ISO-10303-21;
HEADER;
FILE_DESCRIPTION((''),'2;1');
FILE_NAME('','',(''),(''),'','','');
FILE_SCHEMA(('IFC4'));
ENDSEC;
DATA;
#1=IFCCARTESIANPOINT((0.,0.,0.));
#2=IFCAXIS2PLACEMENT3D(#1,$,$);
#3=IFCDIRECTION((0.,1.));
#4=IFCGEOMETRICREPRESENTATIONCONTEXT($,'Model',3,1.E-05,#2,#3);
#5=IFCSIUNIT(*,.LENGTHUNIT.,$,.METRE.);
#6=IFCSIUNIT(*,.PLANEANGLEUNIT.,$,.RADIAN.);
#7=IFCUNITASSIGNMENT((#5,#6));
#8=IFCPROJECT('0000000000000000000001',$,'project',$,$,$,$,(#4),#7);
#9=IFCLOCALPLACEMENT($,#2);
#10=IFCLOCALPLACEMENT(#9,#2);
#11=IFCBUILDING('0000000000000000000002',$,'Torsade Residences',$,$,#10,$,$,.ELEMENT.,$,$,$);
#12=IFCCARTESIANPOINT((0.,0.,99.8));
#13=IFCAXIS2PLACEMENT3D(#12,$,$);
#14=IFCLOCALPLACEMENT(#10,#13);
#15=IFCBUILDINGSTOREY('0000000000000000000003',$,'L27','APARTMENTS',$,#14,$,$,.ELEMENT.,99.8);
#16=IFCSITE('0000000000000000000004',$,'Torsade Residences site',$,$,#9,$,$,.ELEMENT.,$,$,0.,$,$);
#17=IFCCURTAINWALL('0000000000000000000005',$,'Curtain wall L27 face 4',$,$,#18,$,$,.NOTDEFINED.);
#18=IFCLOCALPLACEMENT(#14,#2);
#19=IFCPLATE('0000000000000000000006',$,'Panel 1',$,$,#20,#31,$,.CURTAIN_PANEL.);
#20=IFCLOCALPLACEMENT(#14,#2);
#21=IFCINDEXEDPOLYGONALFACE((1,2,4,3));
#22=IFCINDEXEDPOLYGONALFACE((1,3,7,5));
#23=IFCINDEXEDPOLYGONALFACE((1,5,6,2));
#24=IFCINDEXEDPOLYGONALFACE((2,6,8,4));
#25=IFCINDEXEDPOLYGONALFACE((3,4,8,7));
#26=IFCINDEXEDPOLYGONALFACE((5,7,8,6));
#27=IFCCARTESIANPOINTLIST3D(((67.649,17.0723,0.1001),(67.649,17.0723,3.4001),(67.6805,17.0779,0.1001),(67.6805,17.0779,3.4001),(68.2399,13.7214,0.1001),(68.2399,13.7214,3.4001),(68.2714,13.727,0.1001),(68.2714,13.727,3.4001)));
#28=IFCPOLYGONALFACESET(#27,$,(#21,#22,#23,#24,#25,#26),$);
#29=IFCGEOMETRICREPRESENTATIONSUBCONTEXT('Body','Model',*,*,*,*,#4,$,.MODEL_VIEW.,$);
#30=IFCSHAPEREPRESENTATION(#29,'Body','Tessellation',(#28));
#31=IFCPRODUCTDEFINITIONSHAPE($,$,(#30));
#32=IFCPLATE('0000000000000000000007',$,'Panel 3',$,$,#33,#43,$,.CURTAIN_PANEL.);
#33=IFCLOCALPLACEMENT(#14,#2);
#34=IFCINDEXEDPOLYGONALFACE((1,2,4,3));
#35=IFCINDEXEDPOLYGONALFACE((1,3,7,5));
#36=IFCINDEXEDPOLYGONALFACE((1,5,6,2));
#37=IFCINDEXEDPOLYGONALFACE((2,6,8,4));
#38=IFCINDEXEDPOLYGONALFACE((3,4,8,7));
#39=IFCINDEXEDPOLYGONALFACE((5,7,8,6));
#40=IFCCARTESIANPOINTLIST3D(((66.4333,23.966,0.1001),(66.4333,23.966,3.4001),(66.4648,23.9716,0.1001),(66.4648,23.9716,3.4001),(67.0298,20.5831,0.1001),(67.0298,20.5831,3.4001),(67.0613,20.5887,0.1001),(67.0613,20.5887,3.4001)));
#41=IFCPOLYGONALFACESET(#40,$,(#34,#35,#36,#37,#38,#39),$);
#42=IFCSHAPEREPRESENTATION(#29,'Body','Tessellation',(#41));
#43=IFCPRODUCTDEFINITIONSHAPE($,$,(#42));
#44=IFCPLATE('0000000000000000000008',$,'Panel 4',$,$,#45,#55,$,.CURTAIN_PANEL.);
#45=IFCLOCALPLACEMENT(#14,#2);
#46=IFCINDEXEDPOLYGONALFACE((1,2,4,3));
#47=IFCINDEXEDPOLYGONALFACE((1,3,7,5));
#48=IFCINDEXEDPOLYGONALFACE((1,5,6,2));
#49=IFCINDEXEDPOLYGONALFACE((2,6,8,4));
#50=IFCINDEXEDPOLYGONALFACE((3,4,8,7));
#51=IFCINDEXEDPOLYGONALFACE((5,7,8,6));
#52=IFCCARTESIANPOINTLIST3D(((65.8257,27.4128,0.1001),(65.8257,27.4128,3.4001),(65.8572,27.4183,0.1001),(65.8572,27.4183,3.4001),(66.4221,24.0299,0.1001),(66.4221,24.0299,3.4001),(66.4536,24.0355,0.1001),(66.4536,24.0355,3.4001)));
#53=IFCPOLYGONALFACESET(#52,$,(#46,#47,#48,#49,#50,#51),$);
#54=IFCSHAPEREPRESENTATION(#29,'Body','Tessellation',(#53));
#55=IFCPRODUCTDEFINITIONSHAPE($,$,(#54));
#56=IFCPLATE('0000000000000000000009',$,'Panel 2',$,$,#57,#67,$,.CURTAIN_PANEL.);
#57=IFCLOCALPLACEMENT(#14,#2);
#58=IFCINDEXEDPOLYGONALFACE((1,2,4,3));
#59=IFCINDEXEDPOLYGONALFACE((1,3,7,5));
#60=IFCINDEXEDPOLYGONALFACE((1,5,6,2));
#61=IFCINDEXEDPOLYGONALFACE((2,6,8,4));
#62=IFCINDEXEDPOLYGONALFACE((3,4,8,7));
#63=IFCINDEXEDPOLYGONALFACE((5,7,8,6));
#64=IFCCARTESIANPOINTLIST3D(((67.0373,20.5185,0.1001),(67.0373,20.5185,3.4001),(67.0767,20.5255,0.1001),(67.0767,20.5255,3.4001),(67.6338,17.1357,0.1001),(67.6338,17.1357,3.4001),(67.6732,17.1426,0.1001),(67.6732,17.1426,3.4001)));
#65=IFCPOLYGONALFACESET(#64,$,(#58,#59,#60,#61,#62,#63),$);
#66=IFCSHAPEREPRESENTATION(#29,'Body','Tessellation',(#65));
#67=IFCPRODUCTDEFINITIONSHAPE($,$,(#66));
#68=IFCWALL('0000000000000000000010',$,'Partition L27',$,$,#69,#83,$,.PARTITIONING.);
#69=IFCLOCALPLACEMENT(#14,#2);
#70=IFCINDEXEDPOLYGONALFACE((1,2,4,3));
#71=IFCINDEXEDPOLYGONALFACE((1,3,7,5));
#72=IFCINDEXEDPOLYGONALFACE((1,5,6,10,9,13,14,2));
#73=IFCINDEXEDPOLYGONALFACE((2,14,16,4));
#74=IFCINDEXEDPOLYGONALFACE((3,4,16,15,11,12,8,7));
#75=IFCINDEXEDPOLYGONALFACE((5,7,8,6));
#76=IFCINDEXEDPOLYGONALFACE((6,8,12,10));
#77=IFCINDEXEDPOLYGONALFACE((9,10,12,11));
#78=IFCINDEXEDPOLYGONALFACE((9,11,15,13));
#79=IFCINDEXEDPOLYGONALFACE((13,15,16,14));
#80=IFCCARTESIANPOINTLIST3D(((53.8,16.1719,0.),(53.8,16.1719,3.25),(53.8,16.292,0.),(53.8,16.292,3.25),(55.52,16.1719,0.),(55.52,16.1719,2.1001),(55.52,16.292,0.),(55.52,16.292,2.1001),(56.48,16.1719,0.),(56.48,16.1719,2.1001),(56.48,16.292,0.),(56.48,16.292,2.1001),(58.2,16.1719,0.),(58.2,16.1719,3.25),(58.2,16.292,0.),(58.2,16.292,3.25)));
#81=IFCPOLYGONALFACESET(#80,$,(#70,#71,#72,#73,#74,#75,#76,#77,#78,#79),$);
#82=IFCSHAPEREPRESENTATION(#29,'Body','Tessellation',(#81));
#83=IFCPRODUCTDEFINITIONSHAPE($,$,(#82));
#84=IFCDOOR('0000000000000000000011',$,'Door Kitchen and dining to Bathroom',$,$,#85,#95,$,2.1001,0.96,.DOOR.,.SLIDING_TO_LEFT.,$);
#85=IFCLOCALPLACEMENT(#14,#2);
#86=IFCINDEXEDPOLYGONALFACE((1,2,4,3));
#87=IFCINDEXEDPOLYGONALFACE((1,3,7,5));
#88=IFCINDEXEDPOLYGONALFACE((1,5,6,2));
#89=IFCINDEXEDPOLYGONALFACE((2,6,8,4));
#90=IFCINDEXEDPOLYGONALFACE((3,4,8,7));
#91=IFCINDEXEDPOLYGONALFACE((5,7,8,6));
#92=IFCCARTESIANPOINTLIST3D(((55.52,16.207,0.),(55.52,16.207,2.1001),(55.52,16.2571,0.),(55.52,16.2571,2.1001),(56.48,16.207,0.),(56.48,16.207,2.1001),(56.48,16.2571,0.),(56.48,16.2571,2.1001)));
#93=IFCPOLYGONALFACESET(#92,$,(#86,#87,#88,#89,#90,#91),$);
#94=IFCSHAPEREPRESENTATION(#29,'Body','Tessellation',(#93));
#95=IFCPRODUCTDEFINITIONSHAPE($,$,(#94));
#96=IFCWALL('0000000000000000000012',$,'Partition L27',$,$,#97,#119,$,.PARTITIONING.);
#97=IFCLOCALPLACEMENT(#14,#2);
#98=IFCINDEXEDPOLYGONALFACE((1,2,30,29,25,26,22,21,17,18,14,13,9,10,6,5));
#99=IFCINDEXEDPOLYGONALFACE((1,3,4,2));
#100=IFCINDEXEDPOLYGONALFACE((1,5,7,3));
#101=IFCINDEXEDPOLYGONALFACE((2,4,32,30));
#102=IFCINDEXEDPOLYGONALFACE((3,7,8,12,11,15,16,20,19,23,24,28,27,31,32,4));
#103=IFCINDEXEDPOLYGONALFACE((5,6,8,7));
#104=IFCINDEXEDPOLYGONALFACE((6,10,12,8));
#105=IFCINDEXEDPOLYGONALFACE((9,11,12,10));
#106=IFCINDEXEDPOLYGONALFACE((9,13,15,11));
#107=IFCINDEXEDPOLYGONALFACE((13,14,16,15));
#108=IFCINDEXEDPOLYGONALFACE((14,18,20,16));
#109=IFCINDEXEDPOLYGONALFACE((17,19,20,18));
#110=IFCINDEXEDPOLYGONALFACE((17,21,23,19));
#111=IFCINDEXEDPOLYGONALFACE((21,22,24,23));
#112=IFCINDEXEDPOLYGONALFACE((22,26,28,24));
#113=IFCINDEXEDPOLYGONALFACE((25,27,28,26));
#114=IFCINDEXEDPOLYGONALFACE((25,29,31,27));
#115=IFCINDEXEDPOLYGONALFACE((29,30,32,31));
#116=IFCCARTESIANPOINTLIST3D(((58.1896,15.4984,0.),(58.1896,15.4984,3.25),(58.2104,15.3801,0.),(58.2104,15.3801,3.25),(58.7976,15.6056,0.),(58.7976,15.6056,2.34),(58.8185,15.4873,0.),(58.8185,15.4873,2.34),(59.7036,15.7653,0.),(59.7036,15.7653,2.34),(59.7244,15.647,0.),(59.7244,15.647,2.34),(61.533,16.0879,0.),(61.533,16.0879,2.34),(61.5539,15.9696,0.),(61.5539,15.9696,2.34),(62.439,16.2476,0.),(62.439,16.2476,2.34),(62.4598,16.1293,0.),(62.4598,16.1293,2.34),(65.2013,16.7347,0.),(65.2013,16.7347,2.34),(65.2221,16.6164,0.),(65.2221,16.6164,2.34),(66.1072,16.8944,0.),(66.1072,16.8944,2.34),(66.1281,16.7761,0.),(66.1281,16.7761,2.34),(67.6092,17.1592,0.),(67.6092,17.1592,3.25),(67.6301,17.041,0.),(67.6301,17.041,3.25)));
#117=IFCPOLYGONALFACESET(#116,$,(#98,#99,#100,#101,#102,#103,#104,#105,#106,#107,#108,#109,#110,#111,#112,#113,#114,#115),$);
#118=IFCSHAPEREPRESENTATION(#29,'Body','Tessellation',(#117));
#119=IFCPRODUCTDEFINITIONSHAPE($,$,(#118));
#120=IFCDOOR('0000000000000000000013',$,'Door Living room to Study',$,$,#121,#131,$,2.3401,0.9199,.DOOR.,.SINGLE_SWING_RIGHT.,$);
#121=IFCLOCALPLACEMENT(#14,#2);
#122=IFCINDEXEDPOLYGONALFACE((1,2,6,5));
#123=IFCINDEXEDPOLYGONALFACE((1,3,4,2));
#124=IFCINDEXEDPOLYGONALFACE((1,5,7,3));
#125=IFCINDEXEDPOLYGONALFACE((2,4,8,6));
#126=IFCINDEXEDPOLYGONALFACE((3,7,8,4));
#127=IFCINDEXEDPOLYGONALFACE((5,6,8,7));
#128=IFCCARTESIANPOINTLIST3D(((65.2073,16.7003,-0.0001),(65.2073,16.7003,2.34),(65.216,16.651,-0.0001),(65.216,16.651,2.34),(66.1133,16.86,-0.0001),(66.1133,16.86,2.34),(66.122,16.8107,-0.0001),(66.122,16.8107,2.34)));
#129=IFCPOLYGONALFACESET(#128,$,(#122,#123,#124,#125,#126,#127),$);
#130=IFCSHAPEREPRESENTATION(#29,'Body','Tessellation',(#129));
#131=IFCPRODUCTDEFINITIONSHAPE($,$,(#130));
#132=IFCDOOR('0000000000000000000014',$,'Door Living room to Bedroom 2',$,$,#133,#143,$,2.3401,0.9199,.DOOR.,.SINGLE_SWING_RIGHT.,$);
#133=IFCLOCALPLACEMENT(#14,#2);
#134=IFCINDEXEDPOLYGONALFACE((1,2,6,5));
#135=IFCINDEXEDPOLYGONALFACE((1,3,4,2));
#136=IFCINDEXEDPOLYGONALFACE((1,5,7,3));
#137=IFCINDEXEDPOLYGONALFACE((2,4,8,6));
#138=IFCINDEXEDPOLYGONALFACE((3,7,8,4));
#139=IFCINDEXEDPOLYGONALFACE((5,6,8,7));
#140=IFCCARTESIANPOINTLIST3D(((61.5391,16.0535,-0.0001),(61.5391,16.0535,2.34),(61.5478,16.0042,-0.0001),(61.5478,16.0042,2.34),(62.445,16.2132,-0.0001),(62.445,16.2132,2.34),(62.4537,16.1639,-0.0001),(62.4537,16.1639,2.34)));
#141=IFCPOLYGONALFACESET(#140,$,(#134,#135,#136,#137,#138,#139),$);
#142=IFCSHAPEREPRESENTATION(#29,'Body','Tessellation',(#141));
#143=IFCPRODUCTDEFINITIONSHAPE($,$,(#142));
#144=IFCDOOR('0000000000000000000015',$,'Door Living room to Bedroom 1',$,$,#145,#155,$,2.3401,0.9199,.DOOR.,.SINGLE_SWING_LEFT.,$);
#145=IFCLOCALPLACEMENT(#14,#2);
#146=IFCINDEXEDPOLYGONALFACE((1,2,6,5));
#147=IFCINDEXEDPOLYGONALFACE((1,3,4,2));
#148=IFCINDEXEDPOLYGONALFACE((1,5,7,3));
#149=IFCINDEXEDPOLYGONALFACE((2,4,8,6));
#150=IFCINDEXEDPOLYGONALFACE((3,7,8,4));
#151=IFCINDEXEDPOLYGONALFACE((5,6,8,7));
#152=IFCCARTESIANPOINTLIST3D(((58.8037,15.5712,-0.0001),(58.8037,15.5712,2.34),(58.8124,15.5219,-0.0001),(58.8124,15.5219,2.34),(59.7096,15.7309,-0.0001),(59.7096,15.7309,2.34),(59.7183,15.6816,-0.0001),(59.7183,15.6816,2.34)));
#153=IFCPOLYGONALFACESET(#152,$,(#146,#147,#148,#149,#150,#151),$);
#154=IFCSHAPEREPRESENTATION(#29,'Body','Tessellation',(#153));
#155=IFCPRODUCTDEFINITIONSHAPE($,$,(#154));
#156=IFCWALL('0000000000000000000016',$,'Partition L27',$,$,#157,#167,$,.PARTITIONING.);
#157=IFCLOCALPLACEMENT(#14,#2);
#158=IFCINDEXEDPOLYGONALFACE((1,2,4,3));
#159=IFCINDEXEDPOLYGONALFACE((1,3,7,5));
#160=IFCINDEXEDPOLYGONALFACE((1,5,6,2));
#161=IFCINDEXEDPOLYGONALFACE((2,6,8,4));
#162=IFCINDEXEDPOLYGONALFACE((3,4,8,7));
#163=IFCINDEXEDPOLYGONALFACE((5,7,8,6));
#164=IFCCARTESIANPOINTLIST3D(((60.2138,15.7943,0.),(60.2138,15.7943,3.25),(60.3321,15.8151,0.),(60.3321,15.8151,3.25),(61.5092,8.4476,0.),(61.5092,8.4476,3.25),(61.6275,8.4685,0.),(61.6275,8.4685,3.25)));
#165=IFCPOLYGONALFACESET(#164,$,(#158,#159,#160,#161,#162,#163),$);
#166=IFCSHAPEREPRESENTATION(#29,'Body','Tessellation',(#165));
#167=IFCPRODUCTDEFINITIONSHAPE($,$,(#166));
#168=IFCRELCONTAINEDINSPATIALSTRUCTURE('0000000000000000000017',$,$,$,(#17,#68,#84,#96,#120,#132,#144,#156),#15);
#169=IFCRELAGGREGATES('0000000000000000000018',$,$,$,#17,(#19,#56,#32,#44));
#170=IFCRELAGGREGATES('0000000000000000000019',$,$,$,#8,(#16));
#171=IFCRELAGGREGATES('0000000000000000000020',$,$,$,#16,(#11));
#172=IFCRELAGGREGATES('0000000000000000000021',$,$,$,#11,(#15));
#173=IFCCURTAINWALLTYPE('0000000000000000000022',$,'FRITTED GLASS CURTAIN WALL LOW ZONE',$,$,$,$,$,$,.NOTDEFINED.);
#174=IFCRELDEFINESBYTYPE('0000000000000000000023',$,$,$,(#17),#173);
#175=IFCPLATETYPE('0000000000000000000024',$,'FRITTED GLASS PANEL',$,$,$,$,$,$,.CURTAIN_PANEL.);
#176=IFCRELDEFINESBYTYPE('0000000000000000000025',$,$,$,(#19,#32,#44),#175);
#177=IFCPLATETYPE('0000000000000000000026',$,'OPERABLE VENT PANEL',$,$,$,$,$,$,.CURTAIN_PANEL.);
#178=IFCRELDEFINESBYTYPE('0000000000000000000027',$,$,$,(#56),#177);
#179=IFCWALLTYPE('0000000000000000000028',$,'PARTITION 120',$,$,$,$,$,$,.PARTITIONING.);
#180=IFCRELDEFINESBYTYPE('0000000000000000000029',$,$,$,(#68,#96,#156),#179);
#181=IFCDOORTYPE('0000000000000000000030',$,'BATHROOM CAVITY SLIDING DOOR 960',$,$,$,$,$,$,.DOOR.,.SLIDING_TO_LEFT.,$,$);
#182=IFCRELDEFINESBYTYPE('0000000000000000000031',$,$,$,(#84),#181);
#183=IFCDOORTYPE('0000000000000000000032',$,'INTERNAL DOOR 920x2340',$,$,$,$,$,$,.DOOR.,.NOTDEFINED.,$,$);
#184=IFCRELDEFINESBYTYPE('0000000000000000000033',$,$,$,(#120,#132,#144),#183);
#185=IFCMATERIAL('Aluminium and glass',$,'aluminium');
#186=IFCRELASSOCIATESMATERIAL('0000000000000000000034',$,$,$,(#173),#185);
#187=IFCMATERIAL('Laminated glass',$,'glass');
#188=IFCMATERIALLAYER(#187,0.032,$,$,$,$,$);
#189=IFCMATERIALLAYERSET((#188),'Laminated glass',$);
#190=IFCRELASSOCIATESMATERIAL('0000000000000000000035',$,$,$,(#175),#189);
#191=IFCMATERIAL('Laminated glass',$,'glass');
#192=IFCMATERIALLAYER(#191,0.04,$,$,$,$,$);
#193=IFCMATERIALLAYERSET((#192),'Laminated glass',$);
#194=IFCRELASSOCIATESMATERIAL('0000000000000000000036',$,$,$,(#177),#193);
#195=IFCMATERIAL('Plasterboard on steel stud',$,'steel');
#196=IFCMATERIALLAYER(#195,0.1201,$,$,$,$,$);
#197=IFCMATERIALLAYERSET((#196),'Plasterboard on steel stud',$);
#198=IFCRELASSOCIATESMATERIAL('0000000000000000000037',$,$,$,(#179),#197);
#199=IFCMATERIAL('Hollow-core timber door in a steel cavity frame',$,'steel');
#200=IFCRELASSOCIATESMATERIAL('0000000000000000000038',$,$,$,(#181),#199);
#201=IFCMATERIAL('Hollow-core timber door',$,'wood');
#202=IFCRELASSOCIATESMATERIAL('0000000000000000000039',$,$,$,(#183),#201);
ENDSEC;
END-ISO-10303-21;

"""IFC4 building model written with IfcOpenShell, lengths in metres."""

from ifc_helpers import new_model, si_unit, direction, frame, frame_2d, origin, origin_2d, place, context, subcontext, project, spatial, rectangle, extrude, material, layer, layer_set, type_object, element, fill, aggregate, save


model = new_model("IFC4")

# Units and contexts
model_context = context("Model", 3, precision=1e-05, world=origin(), true_north=direction((0.0, 1.0)))
body_context = subcontext(model_context, "Body", "Model", "MODEL_VIEW")
ifc_project = project(units=[si_unit("LENGTHUNIT", "METRE"), si_unit("PLANEANGLEUNIT", "RADIAN")], contexts=[model_context])

# Site, building, storey
site_placement = place(None, origin())
site = spatial("IfcSite", under=ifc_project, at=site_placement, Name="Torsade Residences site", CompositionType="ELEMENT", RefElevation=0.0)
building_placement = place(site_placement, origin())
building = spatial("IfcBuilding", under=site, at=building_placement, Name="Torsade Residences", CompositionType="ELEMENT")
storey_placement = place(building_placement, frame((0.0, 0.0, 99.8)))
storey = spatial("IfcBuildingStorey", under=building, at=storey_placement, Name="L27", Description="APARTMENTS", CompositionType="ELEMENT", Elevation=99.8)

# Curtain wall
ifc_material_1 = material(Name="Aluminium and glass", Category="aluminium")
curtain_wall_type = type_object("IfcCurtainWallType", Name="FRITTED GLASS CURTAIN WALL LOW ZONE", PredefinedType="NOTDEFINED", material=ifc_material_1)
curtain_wall_placement = place(storey_placement, origin())
curtain_wall = element("IfcCurtainWall", 1, at=curtain_wall_placement, inside=storey, type_object=curtain_wall_type, Name="Curtain wall L27 face 4", PredefinedType="NOTDEFINED")

# Plates
ifc_material_2 = material(Name="Laminated glass", Category="glass")
ifc_layer_1 = layer(ifc_material_2, 0.032)
ifc_layer_set_1 = layer_set([ifc_layer_1], Name="Laminated glass")
plate_type_1 = type_object("IfcPlateType", Name="FRITTED GLASS PANEL", PredefinedType="CURTAIN_PANEL", material=ifc_layer_set_1)
plate_1_placement = place(storey_placement, frame((67.9602, 15.3997, 0.1001), z_axis=(0.0, 0.0, 1.0), x_axis=(-0.173648, 0.984808, 0.0)))
plate_1 = element("IfcPlate", 2, at=plate_1_placement, type_object=plate_type_1, Name="Panel 1", PredefinedType="CURTAIN_PANEL", context=body_context, shape_type="SweptSolid", body=[
    extrude(rectangle(XDim=3.4026, YDim=0.032, at=origin_2d()), origin(), (0.0, 0.0, 1.0), 3.3),
])
plate_2_placement = place(storey_placement, frame((66.7473, 22.2773, 0.1001), z_axis=(0.0, 0.0, 1.0), x_axis=(-0.173648, 0.984808, 0.0)))
plate_2 = element("IfcPlate", 3, at=plate_2_placement, type_object=plate_type_1, Name="Panel 3", PredefinedType="CURTAIN_PANEL", context=body_context, shape_type="SweptSolid", body=[
    extrude(rectangle(XDim=3.4351, YDim=0.032, at=origin_2d()), origin(), (0.0, 0.0, 1.0), 3.3),
])
plate_3_placement = place(storey_placement, frame((66.1396, 25.7241, 0.1001), z_axis=(0.0, 0.0, 1.0), x_axis=(-0.173648, 0.984808, 0.0)))
plate_3 = element("IfcPlate", 4, at=plate_3_placement, type_object=plate_type_1, Name="Panel 4", PredefinedType="CURTAIN_PANEL", context=body_context, shape_type="SweptSolid", body=[
    extrude(rectangle(XDim=3.4351, YDim=0.032, at=origin_2d()), origin(), (0.0, 0.0, 1.0), 3.3),
])
ifc_material_3 = material(Name="Laminated glass", Category="glass")
ifc_layer_2 = layer(ifc_material_3, 0.04)
ifc_layer_set_2 = layer_set([ifc_layer_2], Name="Laminated glass")
plate_type_2 = type_object("IfcPlateType", Name="OPERABLE VENT PANEL", PredefinedType="CURTAIN_PANEL", material=ifc_layer_set_2)
plate_4_placement = place(storey_placement, frame((67.3552, 18.8306, 0.1001), z_axis=(0.0, 0.0, 1.0), x_axis=(-0.173648, 0.984808, 0.0)))
plate_4 = element("IfcPlate", 5, at=plate_4_placement, type_object=plate_type_2, Name="Panel 2", PredefinedType="CURTAIN_PANEL", context=body_context, shape_type="SweptSolid", body=[
    extrude(rectangle(XDim=3.4351, YDim=0.04, at=origin_2d()), origin(), (0.0, 0.0, 1.0), 3.3),
])
aggregate(curtain_wall, [plate_1, plate_4, plate_2, plate_3])

# Wall, opening, door
ifc_material_4 = material(Name="Plasterboard on steel stud", Category="steel")
ifc_layer_3 = layer(ifc_material_4, 0.1201)
ifc_layer_set_3 = layer_set([ifc_layer_3], Name="Plasterboard on steel stud")
wall_type_1 = type_object("IfcWallType", Name="PARTITION 120", PredefinedType="PARTITIONING", material=ifc_layer_set_3)
wall_1_placement = place(storey_placement, frame((58.2, 16.2319, 0.0), z_axis=(0.0, 0.0, 1.0), x_axis=(-1.0, 0.0, 0.0)))
wall_1 = element("IfcWall", 6, at=wall_1_placement, inside=storey, type_object=wall_type_1, Name="Partition L27", PredefinedType="PARTITIONING", context=body_context, shape_type="SweptSolid", body=[
    extrude(rectangle(XDim=4.3999, YDim=0.1201, at=frame_2d((2.2, 0.0))), origin(), (0.0, 0.0, 1.0), 3.25),
])
opening_1_placement = place(wall_1_placement, frame((1.72, 0.0, 0.0)))
opening_1 = element("IfcOpeningElement", 7, at=opening_1_placement, cuts=wall_1, PredefinedType="OPENING", context=body_context, shape_type="SweptSolid", body=[
    extrude(rectangle(XDim=0.96, YDim=2.1001, at=frame_2d((0.48, 1.05))), frame((0.0, 0.0701, 0.0), z_axis=(0.0, -1.0, 0.0), x_axis=(1.0, 0.0, 0.0)), (0.0, 0.0, 1.0), 0.1401),
])
ifc_material_5 = material(Name="Hollow-core timber door in a steel cavity frame", Category="steel")
door_type_1 = type_object("IfcDoorType", Name="BATHROOM CAVITY SLIDING DOOR 960", OperationType="SLIDING_TO_LEFT", PredefinedType="DOOR", material=ifc_material_5)
door_1_placement = place(opening_1_placement, origin())
door_1 = element("IfcDoor", 8, at=door_1_placement, inside=storey, type_object=door_type_1, Name="Door Kitchen and dining to Bathroom", OperationType="SLIDING_TO_LEFT", OverallHeight=2.1001, OverallWidth=0.96, PredefinedType="DOOR", context=body_context, shape_type="SweptSolid", body=[
    extrude(rectangle(XDim=0.96, YDim=2.1001, at=frame_2d((0.48, 1.05))), frame((0.0, 0.0249, 0.0), z_axis=(0.0, -1.0, 0.0), x_axis=(1.0, 0.0, 0.0)), (0.0, 0.0, 1.0), 0.05),
])
fill(opening_1, door_1)

# Wall, openings, doors
wall_2_placement = place(storey_placement, frame((67.6196, 17.1001, 0.0), z_axis=(0.0, 0.0, 1.0), x_axis=(-0.984809, -0.173643, 0.0)))
wall_2 = element("IfcWall", 9, at=wall_2_placement, inside=storey, type_object=wall_type_1, Name="Partition L27", PredefinedType="PARTITIONING", context=body_context, shape_type="SweptSolid", body=[
    extrude(rectangle(XDim=9.5649, YDim=0.1201, at=frame_2d((4.7825, 0.0))), origin(), (0.0, 0.0, 1.0), 3.25),
])
opening_2_placement = place(wall_2_placement, frame((1.5251, 0.0, 0.0)))
opening_2 = element("IfcOpeningElement", 10, at=opening_2_placement, cuts=wall_2, PredefinedType="OPENING", context=body_context, shape_type="SweptSolid", body=[
    extrude(rectangle(XDim=0.9199, YDim=2.3401, at=frame_2d((0.46, 1.1699))), frame((0.0, 0.0701, 0.0), z_axis=(0.0, -1.0, 0.0), x_axis=(1.0, 0.0, 0.0)), (0.0, 0.0, 1.0), 0.1401),
])
opening_3_placement = place(wall_2_placement, frame((5.25, 0.0, 0.0)))
opening_3 = element("IfcOpeningElement", 11, at=opening_3_placement, cuts=wall_2, PredefinedType="OPENING", context=body_context, shape_type="SweptSolid", body=[
    extrude(rectangle(XDim=0.9199, YDim=2.3401, at=frame_2d((0.46, 1.1699))), frame((0.0, 0.0701, 0.0), z_axis=(0.0, -1.0, 0.0), x_axis=(1.0, 0.0, 0.0)), (0.0, 0.0, 1.0), 0.1401),
])
opening_4_placement = place(wall_2_placement, frame((8.0276, 0.0, 0.0)))
opening_4 = element("IfcOpeningElement", 12, at=opening_4_placement, cuts=wall_2, PredefinedType="OPENING", context=body_context, shape_type="SweptSolid", body=[
    extrude(rectangle(XDim=0.9199, YDim=2.3401, at=frame_2d((0.46, 1.1699))), frame((0.0, 0.0701, 0.0), z_axis=(0.0, -1.0, 0.0), x_axis=(1.0, 0.0, 0.0)), (0.0, 0.0, 1.0), 0.1401),
])
ifc_material_6 = material(Name="Hollow-core timber door", Category="wood")
door_type_2 = type_object("IfcDoorType", Name="INTERNAL DOOR 920x2340", OperationType="NOTDEFINED", PredefinedType="DOOR", material=ifc_material_6)
door_2_placement = place(opening_2_placement, origin())
door_2 = element("IfcDoor", 13, at=door_2_placement, inside=storey, type_object=door_type_2, Name="Door Living room to Study", OperationType="SINGLE_SWING_RIGHT", OverallHeight=2.3401, OverallWidth=0.9199, PredefinedType="DOOR", context=body_context, shape_type="SweptSolid", body=[
    extrude(rectangle(XDim=0.9199, YDim=2.3401, at=frame_2d((0.46, 1.1699))), frame((0.0, 0.0249, 0.0), z_axis=(0.0, -1.0, 0.0), x_axis=(1.0, 0.0, 0.0)), (0.0, 0.0, 1.0), 0.05),
])
fill(opening_2, door_2)
door_3_placement = place(opening_3_placement, origin())
door_3 = element("IfcDoor", 14, at=door_3_placement, inside=storey, type_object=door_type_2, Name="Door Living room to Bedroom 2", OperationType="SINGLE_SWING_RIGHT", OverallHeight=2.3401, OverallWidth=0.9199, PredefinedType="DOOR", context=body_context, shape_type="SweptSolid", body=[
    extrude(rectangle(XDim=0.9199, YDim=2.3401, at=frame_2d((0.46, 1.1699))), frame((0.0, 0.0249, 0.0), z_axis=(0.0, -1.0, 0.0), x_axis=(1.0, 0.0, 0.0)), (0.0, 0.0, 1.0), 0.05),
])
fill(opening_3, door_3)
door_4_placement = place(opening_4_placement, origin())
door_4 = element("IfcDoor", 15, at=door_4_placement, inside=storey, type_object=door_type_2, Name="Door Living room to Bedroom 1", OperationType="SINGLE_SWING_LEFT", OverallHeight=2.3401, OverallWidth=0.9199, PredefinedType="DOOR", context=body_context, shape_type="SweptSolid", body=[
    extrude(rectangle(XDim=0.9199, YDim=2.3401, at=frame_2d((0.46, 1.1699))), frame((0.0, 0.0249, 0.0), z_axis=(0.0, -1.0, 0.0), x_axis=(1.0, 0.0, 0.0)), (0.0, 0.0, 1.0), 0.05),
])
fill(opening_4, door_4)

# Wall
wall_3_placement = place(storey_placement, frame((60.2729, 15.8047, 0.0), z_axis=(0.0, 0.0, 1.0), x_axis=(0.173647, -0.984808, 0.0)))
element("IfcWall", 16, at=wall_3_placement, inside=storey, type_object=wall_type_1, Name="Partition L27", PredefinedType="PARTITIONING", context=body_context, shape_type="SweptSolid", body=[
    extrude(rectangle(XDim=7.46, YDim=0.1201, at=frame_2d((3.73, 0.0))), origin(), (0.0, 0.0, 1.0), 3.25),
])

save(model, "model.ifc")
